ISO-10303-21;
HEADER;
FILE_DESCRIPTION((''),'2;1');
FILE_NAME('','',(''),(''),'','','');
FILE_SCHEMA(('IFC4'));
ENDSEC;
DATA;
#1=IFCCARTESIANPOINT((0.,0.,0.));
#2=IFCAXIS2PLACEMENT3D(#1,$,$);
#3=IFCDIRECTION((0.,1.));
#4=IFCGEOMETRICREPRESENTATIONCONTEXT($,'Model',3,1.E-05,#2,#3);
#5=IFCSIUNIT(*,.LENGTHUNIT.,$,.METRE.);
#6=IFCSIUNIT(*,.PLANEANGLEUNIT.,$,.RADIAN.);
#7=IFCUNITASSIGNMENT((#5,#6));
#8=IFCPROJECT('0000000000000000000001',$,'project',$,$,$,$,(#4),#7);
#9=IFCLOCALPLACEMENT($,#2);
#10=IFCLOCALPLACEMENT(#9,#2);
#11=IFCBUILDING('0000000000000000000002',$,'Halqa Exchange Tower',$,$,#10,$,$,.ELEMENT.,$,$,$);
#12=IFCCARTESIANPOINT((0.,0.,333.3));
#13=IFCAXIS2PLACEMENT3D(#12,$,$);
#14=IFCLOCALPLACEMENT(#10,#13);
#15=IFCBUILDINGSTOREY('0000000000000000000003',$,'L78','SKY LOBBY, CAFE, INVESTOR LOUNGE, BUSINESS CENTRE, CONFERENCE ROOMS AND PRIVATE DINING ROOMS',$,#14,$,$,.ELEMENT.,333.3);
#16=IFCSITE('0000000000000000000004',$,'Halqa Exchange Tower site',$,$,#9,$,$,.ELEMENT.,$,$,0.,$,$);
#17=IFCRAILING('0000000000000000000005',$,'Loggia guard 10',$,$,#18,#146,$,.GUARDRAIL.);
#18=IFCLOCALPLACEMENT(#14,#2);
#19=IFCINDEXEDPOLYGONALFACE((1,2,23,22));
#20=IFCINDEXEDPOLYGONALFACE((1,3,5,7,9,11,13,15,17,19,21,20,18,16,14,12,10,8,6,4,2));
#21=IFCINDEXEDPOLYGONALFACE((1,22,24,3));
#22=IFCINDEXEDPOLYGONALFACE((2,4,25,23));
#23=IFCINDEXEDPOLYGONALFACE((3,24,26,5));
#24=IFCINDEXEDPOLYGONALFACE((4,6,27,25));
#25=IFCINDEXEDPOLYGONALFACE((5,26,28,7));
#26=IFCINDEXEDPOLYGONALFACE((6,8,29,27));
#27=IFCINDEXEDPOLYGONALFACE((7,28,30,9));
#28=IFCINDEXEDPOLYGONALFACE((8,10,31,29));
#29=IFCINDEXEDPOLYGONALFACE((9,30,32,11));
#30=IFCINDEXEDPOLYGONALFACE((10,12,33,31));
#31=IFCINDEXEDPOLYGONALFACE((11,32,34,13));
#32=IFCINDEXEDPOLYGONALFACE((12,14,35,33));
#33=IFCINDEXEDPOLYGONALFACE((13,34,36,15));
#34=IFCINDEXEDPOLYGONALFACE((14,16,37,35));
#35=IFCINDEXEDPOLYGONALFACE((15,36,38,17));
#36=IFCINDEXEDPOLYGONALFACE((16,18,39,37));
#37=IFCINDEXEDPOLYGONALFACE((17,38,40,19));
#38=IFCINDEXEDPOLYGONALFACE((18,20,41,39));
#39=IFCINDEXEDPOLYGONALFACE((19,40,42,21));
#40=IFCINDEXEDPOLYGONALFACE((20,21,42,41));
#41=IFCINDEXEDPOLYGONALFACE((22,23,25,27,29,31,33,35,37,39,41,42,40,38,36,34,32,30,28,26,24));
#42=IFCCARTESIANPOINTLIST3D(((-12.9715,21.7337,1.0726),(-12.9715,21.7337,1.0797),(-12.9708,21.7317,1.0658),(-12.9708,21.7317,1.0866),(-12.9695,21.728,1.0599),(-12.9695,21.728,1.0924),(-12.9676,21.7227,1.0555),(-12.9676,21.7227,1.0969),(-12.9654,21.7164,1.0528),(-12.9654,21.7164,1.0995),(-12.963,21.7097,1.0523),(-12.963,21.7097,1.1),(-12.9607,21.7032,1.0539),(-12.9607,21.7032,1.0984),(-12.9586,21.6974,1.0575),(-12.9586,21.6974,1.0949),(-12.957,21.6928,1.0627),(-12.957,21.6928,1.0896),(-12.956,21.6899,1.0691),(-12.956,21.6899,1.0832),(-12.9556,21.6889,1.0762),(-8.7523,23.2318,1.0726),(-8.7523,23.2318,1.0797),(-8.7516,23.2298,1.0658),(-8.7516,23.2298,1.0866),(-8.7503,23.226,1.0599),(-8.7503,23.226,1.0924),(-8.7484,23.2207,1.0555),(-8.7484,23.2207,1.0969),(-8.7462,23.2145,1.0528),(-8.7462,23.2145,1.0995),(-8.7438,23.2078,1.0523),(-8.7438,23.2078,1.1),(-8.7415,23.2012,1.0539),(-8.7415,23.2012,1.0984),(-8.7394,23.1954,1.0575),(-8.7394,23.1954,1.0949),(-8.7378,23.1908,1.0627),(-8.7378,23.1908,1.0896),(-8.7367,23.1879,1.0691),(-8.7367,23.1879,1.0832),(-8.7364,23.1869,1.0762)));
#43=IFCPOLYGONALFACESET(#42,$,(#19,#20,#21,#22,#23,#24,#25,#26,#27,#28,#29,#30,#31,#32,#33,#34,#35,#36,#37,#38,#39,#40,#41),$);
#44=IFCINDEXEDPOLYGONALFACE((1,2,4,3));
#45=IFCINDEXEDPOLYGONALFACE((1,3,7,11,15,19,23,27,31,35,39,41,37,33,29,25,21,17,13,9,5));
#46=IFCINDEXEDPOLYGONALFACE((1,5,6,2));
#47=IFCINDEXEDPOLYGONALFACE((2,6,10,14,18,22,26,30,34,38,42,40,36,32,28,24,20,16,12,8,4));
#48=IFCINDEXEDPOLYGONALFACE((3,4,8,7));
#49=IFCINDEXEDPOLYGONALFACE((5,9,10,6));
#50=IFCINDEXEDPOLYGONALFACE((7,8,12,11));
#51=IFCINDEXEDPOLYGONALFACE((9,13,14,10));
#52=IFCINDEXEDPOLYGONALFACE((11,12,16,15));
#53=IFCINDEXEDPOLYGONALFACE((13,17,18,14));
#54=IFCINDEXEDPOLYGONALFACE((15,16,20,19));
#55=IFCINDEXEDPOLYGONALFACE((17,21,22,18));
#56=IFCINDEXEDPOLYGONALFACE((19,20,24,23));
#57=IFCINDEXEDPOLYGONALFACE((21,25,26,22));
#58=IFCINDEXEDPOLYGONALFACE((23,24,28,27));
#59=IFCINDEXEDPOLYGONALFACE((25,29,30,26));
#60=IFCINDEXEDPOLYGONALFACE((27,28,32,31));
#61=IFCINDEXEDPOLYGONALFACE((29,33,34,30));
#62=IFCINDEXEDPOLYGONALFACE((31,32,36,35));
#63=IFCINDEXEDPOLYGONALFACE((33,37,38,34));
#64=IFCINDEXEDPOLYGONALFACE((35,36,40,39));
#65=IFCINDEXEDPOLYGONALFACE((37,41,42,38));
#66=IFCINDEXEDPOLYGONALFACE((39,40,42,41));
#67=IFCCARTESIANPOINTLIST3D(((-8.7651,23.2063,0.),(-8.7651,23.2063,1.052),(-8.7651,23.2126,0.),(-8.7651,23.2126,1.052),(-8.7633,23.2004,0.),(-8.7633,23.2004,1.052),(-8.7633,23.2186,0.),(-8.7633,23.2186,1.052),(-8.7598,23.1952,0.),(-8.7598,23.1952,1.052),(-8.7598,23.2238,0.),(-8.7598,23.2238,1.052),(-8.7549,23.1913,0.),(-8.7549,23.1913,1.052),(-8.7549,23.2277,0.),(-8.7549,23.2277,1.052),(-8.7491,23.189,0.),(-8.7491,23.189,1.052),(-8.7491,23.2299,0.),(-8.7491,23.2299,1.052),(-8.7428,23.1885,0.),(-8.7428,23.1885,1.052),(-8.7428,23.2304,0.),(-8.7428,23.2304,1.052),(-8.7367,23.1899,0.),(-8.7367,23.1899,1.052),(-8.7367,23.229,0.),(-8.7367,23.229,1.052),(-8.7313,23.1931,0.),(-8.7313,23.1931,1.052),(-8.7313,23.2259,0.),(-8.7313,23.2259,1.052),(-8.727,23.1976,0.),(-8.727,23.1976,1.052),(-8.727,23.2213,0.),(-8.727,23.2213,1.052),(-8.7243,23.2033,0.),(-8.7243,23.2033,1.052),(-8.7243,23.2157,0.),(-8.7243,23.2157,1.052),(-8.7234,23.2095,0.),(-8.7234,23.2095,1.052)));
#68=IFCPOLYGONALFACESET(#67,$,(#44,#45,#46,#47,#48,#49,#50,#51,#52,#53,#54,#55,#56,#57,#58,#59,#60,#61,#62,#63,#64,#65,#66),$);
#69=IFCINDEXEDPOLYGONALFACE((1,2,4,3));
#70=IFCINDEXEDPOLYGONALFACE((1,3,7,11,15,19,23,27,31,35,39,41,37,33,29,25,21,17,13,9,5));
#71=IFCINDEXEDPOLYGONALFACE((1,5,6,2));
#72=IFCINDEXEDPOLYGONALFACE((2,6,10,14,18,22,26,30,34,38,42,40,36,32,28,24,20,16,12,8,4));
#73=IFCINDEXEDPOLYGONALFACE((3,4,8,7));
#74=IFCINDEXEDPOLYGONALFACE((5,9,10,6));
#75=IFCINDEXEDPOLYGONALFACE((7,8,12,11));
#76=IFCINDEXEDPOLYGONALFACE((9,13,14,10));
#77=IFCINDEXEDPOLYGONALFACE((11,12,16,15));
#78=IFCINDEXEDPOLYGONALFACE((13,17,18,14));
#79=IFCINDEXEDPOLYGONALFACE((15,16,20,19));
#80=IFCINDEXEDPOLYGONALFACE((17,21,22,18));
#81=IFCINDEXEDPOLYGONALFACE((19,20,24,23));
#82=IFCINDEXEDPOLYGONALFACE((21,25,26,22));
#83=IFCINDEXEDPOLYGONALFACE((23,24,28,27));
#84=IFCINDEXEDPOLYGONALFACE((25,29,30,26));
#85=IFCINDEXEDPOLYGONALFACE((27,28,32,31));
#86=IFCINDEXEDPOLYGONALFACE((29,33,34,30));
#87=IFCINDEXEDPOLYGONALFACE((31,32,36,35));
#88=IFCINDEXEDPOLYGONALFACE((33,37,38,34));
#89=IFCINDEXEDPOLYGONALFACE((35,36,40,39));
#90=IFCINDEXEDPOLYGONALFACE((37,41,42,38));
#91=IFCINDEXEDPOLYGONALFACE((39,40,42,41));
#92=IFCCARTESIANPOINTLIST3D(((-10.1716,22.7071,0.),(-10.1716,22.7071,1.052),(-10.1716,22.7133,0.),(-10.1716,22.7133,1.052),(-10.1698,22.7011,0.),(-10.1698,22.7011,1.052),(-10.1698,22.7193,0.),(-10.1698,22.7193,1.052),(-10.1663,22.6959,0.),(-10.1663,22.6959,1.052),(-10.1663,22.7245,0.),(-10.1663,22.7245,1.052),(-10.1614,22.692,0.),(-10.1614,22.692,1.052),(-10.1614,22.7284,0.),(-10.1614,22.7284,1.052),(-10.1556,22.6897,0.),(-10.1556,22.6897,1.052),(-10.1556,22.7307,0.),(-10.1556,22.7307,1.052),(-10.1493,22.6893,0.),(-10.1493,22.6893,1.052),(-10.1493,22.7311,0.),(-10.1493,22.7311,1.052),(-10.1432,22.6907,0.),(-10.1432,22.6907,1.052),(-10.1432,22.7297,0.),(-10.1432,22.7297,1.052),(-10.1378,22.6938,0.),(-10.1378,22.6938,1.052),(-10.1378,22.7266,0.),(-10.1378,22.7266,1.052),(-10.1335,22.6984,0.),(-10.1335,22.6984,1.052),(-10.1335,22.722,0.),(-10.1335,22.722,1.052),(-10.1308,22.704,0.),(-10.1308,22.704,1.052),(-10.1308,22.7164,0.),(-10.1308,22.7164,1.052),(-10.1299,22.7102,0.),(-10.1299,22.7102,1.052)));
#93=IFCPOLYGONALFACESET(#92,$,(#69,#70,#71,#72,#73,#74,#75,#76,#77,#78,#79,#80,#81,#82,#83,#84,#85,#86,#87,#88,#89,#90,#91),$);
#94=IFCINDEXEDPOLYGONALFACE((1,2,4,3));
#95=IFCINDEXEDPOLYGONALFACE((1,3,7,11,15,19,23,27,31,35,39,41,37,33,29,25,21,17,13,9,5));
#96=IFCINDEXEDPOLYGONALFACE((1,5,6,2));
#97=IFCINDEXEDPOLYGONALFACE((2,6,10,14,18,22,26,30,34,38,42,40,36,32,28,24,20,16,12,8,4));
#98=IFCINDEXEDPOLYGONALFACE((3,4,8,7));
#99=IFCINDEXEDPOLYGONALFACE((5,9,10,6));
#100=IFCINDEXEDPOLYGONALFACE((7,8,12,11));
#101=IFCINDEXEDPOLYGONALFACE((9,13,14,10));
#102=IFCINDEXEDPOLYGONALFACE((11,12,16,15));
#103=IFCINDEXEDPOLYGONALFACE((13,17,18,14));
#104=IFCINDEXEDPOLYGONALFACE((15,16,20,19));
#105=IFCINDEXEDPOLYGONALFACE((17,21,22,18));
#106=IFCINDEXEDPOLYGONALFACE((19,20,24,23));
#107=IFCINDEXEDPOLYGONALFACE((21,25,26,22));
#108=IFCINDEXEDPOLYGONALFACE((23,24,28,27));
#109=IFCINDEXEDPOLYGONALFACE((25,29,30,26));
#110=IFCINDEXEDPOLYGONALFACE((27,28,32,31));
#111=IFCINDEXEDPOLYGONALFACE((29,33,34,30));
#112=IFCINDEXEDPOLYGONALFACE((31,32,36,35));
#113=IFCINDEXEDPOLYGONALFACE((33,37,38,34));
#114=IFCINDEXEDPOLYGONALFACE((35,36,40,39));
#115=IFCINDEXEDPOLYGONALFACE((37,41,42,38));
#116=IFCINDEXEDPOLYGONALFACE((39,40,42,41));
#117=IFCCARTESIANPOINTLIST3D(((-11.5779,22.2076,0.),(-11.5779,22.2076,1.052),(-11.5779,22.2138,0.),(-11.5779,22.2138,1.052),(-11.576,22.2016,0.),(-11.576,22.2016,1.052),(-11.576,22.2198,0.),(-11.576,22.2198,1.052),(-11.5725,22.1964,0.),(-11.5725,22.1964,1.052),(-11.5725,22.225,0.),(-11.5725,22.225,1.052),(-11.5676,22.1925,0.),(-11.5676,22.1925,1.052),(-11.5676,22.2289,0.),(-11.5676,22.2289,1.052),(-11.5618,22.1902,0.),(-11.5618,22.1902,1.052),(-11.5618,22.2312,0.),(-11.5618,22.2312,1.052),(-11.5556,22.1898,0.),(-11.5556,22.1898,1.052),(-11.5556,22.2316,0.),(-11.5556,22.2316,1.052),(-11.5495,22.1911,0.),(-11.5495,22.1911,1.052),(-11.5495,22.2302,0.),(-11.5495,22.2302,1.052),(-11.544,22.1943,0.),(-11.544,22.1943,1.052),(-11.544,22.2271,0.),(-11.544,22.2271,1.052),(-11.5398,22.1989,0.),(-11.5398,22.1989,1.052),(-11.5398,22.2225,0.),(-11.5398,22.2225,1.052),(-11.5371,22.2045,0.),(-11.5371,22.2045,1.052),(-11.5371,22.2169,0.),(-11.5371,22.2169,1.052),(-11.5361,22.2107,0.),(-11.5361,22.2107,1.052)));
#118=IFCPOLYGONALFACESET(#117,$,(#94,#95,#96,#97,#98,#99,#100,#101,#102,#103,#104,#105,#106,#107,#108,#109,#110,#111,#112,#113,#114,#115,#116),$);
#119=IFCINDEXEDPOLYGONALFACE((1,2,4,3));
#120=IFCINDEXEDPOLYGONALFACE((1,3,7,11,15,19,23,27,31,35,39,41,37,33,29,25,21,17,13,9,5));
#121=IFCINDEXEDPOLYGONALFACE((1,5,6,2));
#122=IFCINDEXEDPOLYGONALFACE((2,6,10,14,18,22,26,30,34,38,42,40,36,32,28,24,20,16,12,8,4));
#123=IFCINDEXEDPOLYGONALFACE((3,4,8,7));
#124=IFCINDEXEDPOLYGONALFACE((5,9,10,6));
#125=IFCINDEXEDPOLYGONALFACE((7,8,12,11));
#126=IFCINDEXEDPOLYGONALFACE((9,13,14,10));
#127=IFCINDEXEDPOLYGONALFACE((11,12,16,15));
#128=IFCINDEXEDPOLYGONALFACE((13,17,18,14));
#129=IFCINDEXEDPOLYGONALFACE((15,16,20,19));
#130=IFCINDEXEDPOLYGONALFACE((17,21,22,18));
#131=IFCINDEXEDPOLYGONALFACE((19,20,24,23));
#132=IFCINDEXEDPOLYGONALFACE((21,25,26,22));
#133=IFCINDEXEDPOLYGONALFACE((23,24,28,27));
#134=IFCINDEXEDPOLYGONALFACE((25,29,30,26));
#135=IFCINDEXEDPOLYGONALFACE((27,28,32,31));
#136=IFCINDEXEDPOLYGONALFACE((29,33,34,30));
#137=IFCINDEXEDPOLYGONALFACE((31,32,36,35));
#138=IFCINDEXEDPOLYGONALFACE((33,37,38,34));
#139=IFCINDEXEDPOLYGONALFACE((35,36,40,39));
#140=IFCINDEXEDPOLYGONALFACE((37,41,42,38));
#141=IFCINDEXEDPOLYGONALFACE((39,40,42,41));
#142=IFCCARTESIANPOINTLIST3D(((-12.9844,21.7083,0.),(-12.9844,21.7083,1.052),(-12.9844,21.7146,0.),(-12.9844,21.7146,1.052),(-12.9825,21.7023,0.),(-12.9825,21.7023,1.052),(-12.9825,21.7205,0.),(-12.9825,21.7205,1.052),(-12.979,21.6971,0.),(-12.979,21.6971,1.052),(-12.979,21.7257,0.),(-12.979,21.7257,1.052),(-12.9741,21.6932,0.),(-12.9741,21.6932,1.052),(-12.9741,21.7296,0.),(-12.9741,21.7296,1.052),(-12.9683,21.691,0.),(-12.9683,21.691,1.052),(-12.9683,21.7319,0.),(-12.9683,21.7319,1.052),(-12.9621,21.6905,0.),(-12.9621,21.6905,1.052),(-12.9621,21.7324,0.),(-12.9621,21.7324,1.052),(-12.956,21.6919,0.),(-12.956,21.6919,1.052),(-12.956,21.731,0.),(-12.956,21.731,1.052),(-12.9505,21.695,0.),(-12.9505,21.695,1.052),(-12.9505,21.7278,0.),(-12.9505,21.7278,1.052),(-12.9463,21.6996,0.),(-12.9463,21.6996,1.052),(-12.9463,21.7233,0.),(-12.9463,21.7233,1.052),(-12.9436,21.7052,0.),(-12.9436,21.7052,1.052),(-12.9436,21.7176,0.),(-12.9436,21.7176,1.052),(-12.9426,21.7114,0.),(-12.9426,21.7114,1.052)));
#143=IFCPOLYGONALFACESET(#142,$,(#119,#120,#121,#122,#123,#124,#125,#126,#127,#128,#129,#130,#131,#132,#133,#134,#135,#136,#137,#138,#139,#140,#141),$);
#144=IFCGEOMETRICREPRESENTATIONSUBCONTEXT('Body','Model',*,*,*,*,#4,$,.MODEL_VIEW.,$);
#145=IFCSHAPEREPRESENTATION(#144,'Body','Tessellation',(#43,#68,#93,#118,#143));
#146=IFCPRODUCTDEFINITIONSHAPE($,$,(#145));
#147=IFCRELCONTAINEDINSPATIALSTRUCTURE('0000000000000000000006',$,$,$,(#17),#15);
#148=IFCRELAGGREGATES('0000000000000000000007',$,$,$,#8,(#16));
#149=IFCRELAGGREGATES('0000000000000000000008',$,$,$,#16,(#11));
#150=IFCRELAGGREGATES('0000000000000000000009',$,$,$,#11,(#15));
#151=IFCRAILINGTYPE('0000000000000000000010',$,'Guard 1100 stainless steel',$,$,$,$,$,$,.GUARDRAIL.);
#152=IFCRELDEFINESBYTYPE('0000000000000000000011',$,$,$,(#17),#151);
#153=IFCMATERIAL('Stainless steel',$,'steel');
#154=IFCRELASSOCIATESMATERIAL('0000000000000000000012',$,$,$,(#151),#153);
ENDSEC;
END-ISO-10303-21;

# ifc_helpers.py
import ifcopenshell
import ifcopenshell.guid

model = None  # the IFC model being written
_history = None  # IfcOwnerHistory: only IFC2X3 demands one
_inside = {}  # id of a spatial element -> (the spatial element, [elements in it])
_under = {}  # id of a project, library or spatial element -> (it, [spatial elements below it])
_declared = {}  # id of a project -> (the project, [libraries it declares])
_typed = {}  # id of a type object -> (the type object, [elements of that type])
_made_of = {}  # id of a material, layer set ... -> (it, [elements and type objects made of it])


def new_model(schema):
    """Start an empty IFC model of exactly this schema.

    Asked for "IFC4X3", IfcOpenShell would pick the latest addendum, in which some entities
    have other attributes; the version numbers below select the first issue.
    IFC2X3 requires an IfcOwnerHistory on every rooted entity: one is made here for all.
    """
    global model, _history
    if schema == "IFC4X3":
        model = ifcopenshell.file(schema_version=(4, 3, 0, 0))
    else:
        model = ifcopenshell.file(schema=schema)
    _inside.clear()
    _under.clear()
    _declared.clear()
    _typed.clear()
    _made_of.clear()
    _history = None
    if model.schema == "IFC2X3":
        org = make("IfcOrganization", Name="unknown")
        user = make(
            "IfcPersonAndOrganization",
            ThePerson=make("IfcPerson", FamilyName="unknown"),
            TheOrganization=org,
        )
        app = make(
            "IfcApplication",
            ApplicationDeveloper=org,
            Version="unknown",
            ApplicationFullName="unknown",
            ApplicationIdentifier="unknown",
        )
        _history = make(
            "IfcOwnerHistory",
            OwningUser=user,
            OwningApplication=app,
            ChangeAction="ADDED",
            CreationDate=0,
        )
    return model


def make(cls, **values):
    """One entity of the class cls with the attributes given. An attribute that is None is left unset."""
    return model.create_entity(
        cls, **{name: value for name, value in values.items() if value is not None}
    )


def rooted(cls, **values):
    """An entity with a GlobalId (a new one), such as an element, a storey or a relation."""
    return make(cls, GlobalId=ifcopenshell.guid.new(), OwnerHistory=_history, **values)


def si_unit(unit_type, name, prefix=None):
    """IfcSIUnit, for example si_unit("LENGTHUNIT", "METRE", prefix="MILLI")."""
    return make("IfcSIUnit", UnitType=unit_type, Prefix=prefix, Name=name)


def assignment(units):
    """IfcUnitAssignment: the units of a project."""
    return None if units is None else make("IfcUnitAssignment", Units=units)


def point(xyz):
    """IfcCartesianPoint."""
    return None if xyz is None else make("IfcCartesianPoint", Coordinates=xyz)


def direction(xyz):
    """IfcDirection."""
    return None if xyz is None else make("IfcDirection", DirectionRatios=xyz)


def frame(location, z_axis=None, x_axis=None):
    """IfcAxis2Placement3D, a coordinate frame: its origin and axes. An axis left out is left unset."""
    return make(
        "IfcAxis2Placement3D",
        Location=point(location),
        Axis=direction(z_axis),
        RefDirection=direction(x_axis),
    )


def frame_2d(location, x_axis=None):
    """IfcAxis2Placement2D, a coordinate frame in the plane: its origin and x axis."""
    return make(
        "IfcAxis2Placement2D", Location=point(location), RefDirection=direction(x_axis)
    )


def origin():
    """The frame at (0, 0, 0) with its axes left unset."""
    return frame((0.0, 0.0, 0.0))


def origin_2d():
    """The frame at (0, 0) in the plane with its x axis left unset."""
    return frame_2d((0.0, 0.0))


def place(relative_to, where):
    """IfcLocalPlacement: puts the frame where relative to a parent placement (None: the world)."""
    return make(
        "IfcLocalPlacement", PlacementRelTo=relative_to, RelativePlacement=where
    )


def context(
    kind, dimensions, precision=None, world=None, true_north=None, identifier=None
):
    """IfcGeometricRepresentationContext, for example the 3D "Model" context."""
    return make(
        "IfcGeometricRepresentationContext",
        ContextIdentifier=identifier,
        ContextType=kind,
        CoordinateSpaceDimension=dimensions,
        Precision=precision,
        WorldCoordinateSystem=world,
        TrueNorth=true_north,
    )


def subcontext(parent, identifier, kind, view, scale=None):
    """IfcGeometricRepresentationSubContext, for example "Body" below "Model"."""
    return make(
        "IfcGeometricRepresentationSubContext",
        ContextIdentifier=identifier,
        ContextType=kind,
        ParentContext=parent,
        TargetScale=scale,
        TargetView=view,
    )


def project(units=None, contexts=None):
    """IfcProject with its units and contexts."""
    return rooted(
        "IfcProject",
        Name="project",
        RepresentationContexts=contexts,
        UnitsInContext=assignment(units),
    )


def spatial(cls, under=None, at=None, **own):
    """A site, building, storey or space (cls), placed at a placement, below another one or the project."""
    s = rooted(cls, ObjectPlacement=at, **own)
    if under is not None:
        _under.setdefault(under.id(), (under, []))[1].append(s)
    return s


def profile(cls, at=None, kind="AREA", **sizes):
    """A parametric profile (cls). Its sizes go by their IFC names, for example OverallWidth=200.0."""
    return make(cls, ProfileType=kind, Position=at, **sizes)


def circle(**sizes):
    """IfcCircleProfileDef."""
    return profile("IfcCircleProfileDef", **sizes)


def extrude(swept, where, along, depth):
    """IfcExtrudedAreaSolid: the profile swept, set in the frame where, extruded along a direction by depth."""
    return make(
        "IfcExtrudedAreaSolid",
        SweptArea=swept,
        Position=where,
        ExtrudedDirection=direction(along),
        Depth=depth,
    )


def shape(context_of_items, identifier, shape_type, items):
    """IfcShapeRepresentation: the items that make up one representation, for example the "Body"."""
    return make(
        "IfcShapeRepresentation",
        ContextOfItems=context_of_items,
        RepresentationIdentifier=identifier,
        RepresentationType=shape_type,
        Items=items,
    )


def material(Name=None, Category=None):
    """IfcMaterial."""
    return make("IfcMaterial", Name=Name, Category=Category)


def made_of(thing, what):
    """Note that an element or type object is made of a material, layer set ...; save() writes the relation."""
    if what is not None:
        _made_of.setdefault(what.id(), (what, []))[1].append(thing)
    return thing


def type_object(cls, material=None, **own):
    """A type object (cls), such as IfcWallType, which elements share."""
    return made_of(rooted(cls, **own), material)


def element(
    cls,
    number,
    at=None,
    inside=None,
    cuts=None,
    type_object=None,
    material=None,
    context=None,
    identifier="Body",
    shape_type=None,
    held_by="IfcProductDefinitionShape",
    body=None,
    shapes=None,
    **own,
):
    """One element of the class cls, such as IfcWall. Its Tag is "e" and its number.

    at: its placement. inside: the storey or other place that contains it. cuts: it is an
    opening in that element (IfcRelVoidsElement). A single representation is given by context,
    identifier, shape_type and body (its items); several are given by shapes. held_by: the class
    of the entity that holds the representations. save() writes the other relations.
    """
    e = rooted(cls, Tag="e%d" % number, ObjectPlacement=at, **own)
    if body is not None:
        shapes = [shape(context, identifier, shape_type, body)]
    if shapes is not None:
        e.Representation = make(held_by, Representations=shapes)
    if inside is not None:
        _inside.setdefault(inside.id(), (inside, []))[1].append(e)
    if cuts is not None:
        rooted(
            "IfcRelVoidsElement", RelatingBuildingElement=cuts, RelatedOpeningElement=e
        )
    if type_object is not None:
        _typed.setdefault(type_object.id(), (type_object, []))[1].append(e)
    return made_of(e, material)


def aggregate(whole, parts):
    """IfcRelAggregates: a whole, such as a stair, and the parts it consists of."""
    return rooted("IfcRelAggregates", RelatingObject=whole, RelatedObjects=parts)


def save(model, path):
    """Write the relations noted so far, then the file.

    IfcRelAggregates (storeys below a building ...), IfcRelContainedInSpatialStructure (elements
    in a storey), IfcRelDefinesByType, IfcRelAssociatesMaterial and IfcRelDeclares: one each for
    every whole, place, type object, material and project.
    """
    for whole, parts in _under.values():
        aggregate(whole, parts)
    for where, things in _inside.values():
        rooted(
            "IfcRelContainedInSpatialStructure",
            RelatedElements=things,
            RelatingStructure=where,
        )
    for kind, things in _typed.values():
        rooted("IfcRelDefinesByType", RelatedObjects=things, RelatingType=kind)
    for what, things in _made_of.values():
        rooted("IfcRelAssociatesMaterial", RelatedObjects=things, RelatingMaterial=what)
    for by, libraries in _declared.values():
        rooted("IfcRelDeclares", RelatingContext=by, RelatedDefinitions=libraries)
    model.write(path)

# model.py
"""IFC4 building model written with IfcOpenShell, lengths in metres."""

from ifc_helpers import new_model, si_unit, direction, frame, origin, origin_2d, place, context, subcontext, project, spatial, circle, extrude, material, type_object, element, save


model = new_model("IFC4")

# Units and contexts
model_context = context("Model", 3, precision=1e-05, world=origin(), true_north=direction((0.0, 1.0)))
body_context = subcontext(model_context, "Body", "Model", "MODEL_VIEW")
ifc_project = project(units=[si_unit("LENGTHUNIT", "METRE"), si_unit("PLANEANGLEUNIT", "RADIAN")], contexts=[model_context])

# Site, building, storey
site_placement = place(None, origin())
site = spatial("IfcSite", under=ifc_project, at=site_placement, Name="Halqa Exchange Tower site", CompositionType="ELEMENT", RefElevation=0.0)
building_placement = place(site_placement, origin())
building = spatial("IfcBuilding", under=site, at=building_placement, Name="Halqa Exchange Tower", CompositionType="ELEMENT")
storey_placement = place(building_placement, frame((0.0, 0.0, 333.3)))
storey = spatial("IfcBuildingStorey", under=building, at=storey_placement, Name="L78", Description="SKY LOBBY, CAFE, INVESTOR LOUNGE, BUSINESS CENTRE, CONFERENCE ROOMS AND PRIVATE DINING ROOMS", CompositionType="ELEMENT", Elevation=333.3)

# Railing
ifc_material_1 = material(Name="Stainless steel", Category="steel")
railing_type = type_object("IfcRailingType", Name="Guard 1100 stainless steel", PredefinedType="GUARDRAIL", material=ifc_material_1)
railing_1_placement = place(storey_placement, frame((-8.7444, 23.2095, 0.0)))
element("IfcRailing", 1, at=railing_1_placement, inside=storey, type_object=railing_type, Name="Loggia guard 10", PredefinedType="GUARDRAIL", context=body_context, shape_type="SweptSolid", body=[
    extrude(circle(Radius=0.0239, at=origin_2d()), frame((0.0, 0.0, 1.0762), z_axis=(-0.942365, -0.334588, 0.0), x_axis=(0.334588, -0.942365, 0.0)), (0.0, 0.0, 1.0), 4.4773),
    extrude(circle(Radius=0.021, at=origin_2d()), origin(), (0.0, 0.0, 1.0), 1.052),
    extrude(circle(Radius=0.021, at=origin_2d()), frame((-1.4065, -0.4993, 0.0)), (0.0, 0.0, 1.0), 1.052),
    extrude(circle(Radius=0.021, at=origin_2d()), frame((-2.8127, -0.9988, 0.0)), (0.0, 0.0, 1.0), 1.052),
    extrude(circle(Radius=0.021, at=origin_2d()), frame((-4.2192, -1.498, 0.0)), (0.0, 0.0, 1.0), 1.052),
])

save(model, "model.ifc")
